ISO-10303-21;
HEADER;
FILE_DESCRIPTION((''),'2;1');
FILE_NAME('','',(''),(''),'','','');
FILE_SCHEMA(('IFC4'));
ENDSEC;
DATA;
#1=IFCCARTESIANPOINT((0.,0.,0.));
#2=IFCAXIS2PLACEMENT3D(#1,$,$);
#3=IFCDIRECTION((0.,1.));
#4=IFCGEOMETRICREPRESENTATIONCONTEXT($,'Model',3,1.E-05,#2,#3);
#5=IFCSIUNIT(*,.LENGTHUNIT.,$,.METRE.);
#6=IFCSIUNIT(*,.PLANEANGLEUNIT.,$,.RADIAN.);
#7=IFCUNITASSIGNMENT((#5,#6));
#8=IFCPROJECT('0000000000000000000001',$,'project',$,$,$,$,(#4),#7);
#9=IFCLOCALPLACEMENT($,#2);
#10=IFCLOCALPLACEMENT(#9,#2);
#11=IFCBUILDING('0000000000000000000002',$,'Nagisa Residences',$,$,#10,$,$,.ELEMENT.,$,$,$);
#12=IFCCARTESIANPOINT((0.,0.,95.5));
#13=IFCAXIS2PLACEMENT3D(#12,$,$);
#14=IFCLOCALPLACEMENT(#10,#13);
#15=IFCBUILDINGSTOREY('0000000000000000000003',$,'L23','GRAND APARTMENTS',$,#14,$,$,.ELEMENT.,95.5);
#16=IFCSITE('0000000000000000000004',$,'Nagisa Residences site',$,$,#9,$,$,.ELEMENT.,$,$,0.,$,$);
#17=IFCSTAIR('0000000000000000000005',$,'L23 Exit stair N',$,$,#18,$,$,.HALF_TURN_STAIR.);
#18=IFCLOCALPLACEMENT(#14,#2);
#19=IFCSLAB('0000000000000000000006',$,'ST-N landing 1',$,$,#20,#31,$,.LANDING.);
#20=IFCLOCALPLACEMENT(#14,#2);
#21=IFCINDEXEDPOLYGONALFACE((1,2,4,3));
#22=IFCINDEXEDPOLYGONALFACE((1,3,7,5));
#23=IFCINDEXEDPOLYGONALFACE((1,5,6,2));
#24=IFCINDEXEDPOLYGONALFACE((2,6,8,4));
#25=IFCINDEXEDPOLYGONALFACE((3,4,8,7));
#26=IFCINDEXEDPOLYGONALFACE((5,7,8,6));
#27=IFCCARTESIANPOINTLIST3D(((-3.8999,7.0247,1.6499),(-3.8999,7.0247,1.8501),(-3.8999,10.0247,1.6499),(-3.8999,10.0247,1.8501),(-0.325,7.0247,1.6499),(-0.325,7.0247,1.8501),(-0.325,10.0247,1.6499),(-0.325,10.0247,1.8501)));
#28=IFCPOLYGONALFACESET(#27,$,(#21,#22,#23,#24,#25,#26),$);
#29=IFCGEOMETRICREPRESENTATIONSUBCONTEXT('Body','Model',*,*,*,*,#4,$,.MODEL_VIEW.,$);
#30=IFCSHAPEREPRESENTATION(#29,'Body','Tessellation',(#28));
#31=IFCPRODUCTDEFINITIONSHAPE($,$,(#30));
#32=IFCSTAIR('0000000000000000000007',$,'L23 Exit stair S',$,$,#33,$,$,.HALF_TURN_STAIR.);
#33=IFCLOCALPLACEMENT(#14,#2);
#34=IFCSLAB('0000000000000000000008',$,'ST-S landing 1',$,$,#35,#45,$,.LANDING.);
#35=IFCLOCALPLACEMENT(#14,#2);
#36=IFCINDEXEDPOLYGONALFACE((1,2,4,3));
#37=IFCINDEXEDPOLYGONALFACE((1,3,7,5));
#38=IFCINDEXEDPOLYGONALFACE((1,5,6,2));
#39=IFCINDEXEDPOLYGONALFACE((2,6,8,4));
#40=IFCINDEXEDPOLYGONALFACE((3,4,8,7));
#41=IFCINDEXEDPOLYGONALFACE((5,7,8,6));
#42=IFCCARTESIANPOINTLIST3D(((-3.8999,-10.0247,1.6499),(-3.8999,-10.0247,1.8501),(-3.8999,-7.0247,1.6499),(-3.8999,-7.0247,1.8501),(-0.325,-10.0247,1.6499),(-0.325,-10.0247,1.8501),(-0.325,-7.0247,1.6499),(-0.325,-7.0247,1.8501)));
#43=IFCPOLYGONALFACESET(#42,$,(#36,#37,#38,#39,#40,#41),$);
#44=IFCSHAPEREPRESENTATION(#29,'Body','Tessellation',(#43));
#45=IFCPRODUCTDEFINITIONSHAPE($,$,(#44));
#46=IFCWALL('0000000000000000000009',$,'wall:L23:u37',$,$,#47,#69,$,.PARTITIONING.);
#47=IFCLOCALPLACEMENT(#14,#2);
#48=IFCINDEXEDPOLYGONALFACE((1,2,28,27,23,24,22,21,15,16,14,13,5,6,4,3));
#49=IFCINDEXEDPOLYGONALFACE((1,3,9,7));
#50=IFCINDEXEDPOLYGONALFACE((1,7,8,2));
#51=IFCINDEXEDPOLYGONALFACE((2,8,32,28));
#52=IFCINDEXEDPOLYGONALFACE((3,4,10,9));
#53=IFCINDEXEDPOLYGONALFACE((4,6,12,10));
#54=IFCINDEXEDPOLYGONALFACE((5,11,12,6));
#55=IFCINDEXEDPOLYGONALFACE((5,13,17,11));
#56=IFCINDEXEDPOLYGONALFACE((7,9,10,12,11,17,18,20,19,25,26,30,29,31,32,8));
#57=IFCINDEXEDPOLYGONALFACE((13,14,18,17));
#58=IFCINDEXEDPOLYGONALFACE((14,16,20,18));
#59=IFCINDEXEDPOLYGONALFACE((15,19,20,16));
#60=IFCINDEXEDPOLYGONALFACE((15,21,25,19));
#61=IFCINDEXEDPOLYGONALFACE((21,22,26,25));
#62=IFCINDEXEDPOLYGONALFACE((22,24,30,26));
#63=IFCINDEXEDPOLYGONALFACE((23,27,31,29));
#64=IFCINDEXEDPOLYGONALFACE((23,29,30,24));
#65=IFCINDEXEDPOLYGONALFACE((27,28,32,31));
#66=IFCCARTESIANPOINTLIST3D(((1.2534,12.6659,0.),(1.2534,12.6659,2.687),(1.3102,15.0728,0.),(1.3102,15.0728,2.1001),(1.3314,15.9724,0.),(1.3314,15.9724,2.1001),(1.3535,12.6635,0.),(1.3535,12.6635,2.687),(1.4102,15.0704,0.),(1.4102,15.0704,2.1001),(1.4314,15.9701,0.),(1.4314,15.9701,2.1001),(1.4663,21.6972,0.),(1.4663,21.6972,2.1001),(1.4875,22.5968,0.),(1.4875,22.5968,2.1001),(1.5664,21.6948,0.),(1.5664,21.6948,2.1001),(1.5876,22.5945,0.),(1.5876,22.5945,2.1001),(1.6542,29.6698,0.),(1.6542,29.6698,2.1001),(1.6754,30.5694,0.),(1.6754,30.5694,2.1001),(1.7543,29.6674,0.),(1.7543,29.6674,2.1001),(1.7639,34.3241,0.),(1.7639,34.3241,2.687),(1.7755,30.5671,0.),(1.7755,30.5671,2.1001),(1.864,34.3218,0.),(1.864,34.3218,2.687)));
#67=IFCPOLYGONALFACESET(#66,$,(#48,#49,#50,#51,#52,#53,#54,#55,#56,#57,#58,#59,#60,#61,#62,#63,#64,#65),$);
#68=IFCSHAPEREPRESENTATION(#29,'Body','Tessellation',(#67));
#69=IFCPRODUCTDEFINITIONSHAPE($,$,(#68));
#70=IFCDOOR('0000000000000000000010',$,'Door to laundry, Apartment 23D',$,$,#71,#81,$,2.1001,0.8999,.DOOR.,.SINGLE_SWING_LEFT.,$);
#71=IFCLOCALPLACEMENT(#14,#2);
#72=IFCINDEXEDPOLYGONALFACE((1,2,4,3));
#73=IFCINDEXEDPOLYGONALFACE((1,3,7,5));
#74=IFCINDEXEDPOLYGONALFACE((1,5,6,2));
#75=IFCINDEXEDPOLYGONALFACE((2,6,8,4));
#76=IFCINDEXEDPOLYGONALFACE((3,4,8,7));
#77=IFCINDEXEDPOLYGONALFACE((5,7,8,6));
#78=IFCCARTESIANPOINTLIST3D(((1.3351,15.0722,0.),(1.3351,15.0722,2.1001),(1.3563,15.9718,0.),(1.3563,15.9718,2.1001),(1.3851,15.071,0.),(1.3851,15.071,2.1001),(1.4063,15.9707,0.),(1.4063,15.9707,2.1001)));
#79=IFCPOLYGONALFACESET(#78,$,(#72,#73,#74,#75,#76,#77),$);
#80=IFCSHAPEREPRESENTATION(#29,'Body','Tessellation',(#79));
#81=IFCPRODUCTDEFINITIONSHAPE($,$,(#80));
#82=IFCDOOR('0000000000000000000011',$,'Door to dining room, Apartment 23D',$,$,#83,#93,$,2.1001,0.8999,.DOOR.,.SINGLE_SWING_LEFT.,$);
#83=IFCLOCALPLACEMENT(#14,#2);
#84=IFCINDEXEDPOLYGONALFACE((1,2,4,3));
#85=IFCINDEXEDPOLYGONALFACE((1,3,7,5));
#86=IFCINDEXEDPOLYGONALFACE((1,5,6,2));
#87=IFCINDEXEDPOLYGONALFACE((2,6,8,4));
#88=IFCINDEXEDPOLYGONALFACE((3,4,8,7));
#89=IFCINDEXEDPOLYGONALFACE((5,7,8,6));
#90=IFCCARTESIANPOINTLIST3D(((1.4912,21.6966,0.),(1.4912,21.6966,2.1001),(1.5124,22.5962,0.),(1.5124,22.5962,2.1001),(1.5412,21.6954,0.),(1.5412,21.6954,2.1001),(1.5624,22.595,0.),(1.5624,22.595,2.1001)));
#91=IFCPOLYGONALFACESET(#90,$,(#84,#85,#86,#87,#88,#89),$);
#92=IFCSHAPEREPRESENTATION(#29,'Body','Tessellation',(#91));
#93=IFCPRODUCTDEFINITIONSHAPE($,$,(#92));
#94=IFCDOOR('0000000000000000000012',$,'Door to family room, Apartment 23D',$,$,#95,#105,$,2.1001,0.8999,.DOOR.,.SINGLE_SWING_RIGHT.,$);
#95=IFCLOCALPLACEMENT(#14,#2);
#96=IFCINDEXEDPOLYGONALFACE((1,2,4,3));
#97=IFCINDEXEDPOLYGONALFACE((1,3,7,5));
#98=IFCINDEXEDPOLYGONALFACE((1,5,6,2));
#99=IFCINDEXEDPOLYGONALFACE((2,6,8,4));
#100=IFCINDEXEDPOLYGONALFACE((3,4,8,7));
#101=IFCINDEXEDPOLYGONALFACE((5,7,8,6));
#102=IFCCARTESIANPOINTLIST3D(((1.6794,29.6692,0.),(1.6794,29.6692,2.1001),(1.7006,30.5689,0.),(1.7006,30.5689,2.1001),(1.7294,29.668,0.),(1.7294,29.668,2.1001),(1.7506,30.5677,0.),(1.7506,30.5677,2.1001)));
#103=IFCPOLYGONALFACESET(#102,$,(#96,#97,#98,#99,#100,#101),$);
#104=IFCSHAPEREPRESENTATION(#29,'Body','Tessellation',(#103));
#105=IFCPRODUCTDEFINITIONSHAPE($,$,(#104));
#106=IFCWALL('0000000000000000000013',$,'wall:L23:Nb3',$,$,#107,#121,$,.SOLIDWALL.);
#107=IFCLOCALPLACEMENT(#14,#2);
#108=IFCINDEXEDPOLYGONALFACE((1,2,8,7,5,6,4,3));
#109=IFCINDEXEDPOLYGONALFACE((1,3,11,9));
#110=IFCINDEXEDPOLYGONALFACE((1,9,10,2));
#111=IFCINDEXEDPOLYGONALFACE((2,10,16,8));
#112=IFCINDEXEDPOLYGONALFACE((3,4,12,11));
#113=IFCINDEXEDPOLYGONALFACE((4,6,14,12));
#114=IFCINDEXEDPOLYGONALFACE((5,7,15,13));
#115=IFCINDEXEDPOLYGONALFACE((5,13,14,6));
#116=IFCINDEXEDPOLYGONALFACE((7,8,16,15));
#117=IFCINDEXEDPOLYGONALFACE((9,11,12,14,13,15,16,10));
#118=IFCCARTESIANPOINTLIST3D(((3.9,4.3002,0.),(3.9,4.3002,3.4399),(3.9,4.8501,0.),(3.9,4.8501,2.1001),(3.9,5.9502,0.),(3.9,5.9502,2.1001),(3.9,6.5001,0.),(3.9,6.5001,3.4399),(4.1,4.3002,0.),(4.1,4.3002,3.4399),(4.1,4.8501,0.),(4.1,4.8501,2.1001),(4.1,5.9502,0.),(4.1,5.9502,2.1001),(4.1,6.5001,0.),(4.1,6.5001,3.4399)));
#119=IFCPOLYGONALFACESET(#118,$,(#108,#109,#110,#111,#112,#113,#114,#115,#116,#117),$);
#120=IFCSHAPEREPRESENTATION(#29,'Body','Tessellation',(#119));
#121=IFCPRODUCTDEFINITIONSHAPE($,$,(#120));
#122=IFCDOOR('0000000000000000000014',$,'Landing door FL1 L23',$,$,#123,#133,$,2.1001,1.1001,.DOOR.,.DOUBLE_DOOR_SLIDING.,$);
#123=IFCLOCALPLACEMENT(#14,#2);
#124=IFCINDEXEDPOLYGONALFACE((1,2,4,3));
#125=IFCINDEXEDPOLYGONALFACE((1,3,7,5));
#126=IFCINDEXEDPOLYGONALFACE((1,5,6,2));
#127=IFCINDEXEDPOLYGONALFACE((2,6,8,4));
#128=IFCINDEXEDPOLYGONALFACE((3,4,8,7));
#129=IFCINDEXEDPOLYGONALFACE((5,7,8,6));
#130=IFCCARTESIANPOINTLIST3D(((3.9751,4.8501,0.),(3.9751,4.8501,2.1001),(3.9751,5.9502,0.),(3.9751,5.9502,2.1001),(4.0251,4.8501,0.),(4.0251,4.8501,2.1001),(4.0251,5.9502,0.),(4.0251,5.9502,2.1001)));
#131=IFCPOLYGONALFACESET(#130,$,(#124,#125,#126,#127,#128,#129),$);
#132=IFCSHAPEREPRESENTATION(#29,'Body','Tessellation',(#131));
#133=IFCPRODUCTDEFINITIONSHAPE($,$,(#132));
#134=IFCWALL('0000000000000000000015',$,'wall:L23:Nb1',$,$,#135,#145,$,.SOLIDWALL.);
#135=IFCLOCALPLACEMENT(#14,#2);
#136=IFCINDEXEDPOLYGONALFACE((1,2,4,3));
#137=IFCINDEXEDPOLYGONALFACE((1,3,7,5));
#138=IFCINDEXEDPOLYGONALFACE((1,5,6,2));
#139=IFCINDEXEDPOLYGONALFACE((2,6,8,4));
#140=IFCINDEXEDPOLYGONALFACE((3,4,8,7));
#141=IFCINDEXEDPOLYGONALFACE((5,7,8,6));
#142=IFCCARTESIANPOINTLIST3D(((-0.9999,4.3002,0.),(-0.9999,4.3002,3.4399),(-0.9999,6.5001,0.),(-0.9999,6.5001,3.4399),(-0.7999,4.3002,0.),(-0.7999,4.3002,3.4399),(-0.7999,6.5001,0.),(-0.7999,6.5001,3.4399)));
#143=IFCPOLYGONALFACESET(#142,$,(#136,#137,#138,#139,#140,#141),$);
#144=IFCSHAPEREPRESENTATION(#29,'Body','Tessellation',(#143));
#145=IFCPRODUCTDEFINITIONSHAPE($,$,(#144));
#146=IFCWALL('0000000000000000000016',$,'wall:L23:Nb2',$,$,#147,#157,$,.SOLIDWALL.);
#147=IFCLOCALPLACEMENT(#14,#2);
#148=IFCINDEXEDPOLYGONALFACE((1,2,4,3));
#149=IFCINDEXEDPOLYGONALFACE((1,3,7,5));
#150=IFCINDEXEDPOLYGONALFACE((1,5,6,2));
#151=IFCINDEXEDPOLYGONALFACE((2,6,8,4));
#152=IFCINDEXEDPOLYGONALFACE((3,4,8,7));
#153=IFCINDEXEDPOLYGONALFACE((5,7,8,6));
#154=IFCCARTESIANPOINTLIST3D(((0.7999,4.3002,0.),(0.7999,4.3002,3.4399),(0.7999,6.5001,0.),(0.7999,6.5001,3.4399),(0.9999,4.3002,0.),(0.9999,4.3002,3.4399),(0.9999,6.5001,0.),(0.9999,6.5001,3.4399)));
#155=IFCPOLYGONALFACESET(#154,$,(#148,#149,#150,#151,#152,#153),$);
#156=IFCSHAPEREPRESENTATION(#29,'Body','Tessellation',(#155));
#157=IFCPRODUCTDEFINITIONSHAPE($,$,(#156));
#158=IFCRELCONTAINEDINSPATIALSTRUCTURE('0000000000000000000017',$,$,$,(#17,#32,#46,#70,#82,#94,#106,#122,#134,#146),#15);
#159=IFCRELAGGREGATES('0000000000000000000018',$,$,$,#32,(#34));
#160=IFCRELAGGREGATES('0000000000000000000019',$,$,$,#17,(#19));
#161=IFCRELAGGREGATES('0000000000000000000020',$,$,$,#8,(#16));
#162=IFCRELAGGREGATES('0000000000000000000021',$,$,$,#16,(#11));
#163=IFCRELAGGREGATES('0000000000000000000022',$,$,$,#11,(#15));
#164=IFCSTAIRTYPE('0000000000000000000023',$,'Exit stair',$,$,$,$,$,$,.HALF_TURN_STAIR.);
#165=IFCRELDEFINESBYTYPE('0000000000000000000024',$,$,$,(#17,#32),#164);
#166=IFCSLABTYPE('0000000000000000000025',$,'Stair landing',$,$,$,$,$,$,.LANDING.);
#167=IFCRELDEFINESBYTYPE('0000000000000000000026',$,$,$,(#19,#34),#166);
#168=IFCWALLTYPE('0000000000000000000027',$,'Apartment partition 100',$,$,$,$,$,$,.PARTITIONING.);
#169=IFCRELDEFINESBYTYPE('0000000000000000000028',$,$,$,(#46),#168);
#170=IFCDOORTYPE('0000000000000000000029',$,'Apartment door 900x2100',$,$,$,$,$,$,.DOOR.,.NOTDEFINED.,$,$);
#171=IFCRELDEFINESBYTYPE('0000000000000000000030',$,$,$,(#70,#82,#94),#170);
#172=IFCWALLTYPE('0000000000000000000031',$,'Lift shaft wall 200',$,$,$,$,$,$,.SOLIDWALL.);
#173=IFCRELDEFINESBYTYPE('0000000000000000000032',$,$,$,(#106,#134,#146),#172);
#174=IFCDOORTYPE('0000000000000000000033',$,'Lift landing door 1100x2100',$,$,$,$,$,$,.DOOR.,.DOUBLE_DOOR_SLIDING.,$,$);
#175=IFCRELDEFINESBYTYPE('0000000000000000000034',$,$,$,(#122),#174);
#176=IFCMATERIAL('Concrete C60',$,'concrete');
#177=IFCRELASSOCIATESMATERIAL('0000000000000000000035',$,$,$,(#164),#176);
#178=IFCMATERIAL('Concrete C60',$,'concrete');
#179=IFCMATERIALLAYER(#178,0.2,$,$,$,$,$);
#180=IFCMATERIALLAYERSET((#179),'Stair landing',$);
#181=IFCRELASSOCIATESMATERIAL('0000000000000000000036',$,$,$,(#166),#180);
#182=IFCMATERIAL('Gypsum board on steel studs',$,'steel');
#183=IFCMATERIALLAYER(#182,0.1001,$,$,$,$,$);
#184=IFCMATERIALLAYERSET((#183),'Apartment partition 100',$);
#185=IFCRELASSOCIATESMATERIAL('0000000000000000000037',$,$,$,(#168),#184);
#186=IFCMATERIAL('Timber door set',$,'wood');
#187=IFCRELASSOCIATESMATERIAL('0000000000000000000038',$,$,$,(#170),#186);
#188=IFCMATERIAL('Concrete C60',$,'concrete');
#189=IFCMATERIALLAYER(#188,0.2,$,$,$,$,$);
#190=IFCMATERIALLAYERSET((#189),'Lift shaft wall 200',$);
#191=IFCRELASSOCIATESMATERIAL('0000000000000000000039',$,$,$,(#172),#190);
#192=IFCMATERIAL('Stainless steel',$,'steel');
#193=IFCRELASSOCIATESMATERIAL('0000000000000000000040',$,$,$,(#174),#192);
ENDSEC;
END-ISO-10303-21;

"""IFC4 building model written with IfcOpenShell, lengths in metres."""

from ifc_helpers import new_model, si_unit, direction, frame, frame_2d, origin, place, context, subcontext, project, spatial, polyline, rectangle, outline, extrude, material, layer, layer_set, type_object, element, fill, aggregate, save


model = new_model("IFC4")

# Units and contexts
model_context = context("Model", 3, precision=1e-05, world=origin(), true_north=direction((0.0, 1.0)))
body_context = subcontext(model_context, "Body", "Model", "MODEL_VIEW")
ifc_project = project(units=[si_unit("LENGTHUNIT", "METRE"), si_unit("PLANEANGLEUNIT", "RADIAN")], contexts=[model_context])

# Site, building, storey
site_placement = place(None, origin())
site = spatial("IfcSite", under=ifc_project, at=site_placement, Name="Nagisa Residences site", CompositionType="ELEMENT", RefElevation=0.0)
building_placement = place(site_placement, origin())
building = spatial("IfcBuilding", under=site, at=building_placement, Name="Nagisa Residences", CompositionType="ELEMENT")
storey_placement = place(building_placement, frame((0.0, 0.0, 95.5)))
storey = spatial("IfcBuildingStorey", under=building, at=storey_placement, Name="L23", Description="GRAND APARTMENTS", CompositionType="ELEMENT", Elevation=95.5)

# Stairs, slabs
ifc_material_1 = material(Name="Concrete C60", Category="concrete")
stair_type = type_object("IfcStairType", Name="Exit stair", PredefinedType="HALF_TURN_STAIR", material=ifc_material_1)
stair_1_placement = place(storey_placement, origin())
stair_1 = element("IfcStair", 1, at=stair_1_placement, inside=storey, type_object=stair_type, Name="L23 Exit stair N", PredefinedType="HALF_TURN_STAIR")
ifc_material_2 = material(Name="Concrete C60", Category="concrete")
ifc_layer_1 = layer(ifc_material_2, 0.2)
ifc_layer_set_1 = layer_set([ifc_layer_1], Name="Stair landing")
slab_type = type_object("IfcSlabType", Name="Stair landing", PredefinedType="LANDING", material=ifc_layer_set_1)
slab_1_placement = place(storey_placement, frame((0.0, 0.0, 1.6499)))
slab_1 = element("IfcSlab", 2, at=slab_1_placement, type_object=slab_type, Name="ST-N landing 1", PredefinedType="LANDING", context=body_context, shape_type="SweptSolid", body=[
    extrude(outline(polyline([(-0.325, 10.0247), (-3.8999, 10.0247), (-3.8999, 7.0247), (-0.325, 7.0247), (-0.325, 10.0247)])), origin(), (0.0, 0.0, 1.0), 0.2002),
])
stair_2_placement = place(storey_placement, origin())
stair_2 = element("IfcStair", 3, at=stair_2_placement, inside=storey, type_object=stair_type, Name="L23 Exit stair S", PredefinedType="HALF_TURN_STAIR")
slab_2_placement = place(storey_placement, frame((0.0, 0.0, 1.6499)))
slab_2 = element("IfcSlab", 4, at=slab_2_placement, type_object=slab_type, Name="ST-S landing 1", PredefinedType="LANDING", context=body_context, shape_type="SweptSolid", body=[
    extrude(outline(polyline([(-0.325, -7.0247), (-3.8999, -7.0247), (-3.8999, -10.0247), (-0.325, -10.0247), (-0.325, -7.0247)])), origin(), (0.0, 0.0, 1.0), 0.2002),
])
aggregate(stair_2, [slab_2])

# Wall, openings, doors
ifc_material_3 = material(Name="Gypsum board on steel studs", Category="steel")
ifc_layer_2 = layer(ifc_material_3, 0.1001)
ifc_layer_set_2 = layer_set([ifc_layer_2], Name="Apartment partition 100")
wall_type_1 = type_object("IfcWallType", Name="Apartment partition 100", PredefinedType="PARTITIONING", material=ifc_layer_set_2)
wall_1_placement = place(storey_placement, frame((1.3035, 12.6648, 0.0), z_axis=(0.0, 0.0, 1.0), x_axis=(0.023564, 0.999722, 0.0)))
wall_1 = element("IfcWall", 5, at=wall_1_placement, inside=storey, type_object=wall_type_1, Name="wall:L23:u37", PredefinedType="PARTITIONING", context=body_context, shape_type="SweptSolid", body=[
    extrude(rectangle(XDim=21.6643, YDim=0.1001, at=frame_2d((10.832, 0.0))), origin(), (0.0, 0.0, 1.0), 2.687),
])
opening_1_placement = place(wall_1_placement, frame((2.4075, 0.0, 0.0)))
opening_1 = element("IfcOpeningElement", 6, at=opening_1_placement, cuts=wall_1, PredefinedType="OPENING", context=body_context, shape_type="SweptSolid", body=[
    extrude(rectangle(XDim=0.8999, YDim=2.1001, at=frame_2d((0.45, 1.05))), frame((0.0, 0.0601, 0.0), z_axis=(0.0, -1.0, 0.0), x_axis=(1.0, 0.0, 0.0)), (0.0, 0.0, 1.0), 0.1201),
])
opening_2_placement = place(wall_1_placement, frame((9.0337, 0.0, 0.0)))
opening_2 = element("IfcOpeningElement", 7, at=opening_2_placement, cuts=wall_1, PredefinedType="OPENING", context=body_context, shape_type="SweptSolid", body=[
    extrude(rectangle(XDim=0.8999, YDim=2.1001, at=frame_2d((0.45, 1.05))), frame((0.0, 0.0601, 0.0), z_axis=(0.0, -1.0, 0.0), x_axis=(1.0, 0.0, 0.0)), (0.0, 0.0, 1.0), 0.1201),
])
opening_3_placement = place(wall_1_placement, frame((17.0085, 0.0, 0.0)))
opening_3 = element("IfcOpeningElement", 8, at=opening_3_placement, cuts=wall_1, PredefinedType="OPENING", context=body_context, shape_type="SweptSolid", body=[
    extrude(rectangle(XDim=0.8999, YDim=2.1001, at=frame_2d((0.45, 1.05))), frame((0.0, 0.0601, 0.0), z_axis=(0.0, -1.0, 0.0), x_axis=(1.0, 0.0, 0.0)), (0.0, 0.0, 1.0), 0.1201),
])
ifc_material_4 = material(Name="Timber door set", Category="wood")
door_type_1 = type_object("IfcDoorType", Name="Apartment door 900x2100", OperationType="NOTDEFINED", PredefinedType="DOOR", material=ifc_material_4)
door_1_placement = place(opening_1_placement, frame((0.8999, 0.0, 0.0), x_axis=(-1.0, 0.0, 0.0)))
door_1 = element("IfcDoor", 9, at=door_1_placement, inside=storey, type_object=door_type_1, Name="Door to laundry, Apartment 23D", OperationType="SINGLE_SWING_LEFT", OverallHeight=2.1001, OverallWidth=0.8999, PredefinedType="DOOR", context=body_context, shape_type="SweptSolid", body=[
    extrude(rectangle(XDim=0.8999, YDim=2.1001, at=frame_2d((0.45, 1.05))), frame((0.0, 0.0249, 0.0), z_axis=(0.0, -1.0, 0.0), x_axis=(1.0, 0.0, 0.0)), (0.0, 0.0, 1.0), 0.05),
])
fill(opening_1, door_1)
door_2_placement = place(opening_2_placement, frame((0.8999, 0.0, 0.0), x_axis=(-1.0, 0.0, 0.0)))
door_2 = element("IfcDoor", 10, at=door_2_placement, inside=storey, type_object=door_type_1, Name="Door to dining room, Apartment 23D", OperationType="SINGLE_SWING_LEFT", OverallHeight=2.1001, OverallWidth=0.8999, PredefinedType="DOOR", context=body_context, shape_type="SweptSolid", body=[
    extrude(rectangle(XDim=0.8999, YDim=2.1001, at=frame_2d((0.45, 1.05))), frame((0.0, 0.0249, 0.0), z_axis=(0.0, -1.0, 0.0), x_axis=(1.0, 0.0, 0.0)), (0.0, 0.0, 1.0), 0.05),
])
fill(opening_2, door_2)
door_3_placement = place(opening_3_placement, origin())
door_3 = element("IfcDoor", 11, at=door_3_placement, inside=storey, type_object=door_type_1, Name="Door to family room, Apartment 23D", OperationType="SINGLE_SWING_RIGHT", OverallHeight=2.1001, OverallWidth=0.8999, PredefinedType="DOOR", context=body_context, shape_type="SweptSolid", body=[
    extrude(rectangle(XDim=0.8999, YDim=2.1001, at=frame_2d((0.45, 1.05))), frame((0.0, 0.0249, 0.0), z_axis=(0.0, -1.0, 0.0), x_axis=(1.0, 0.0, 0.0)), (0.0, 0.0, 1.0), 0.05),
])
fill(opening_3, door_3)

# Wall, opening, door
ifc_material_5 = material(Name="Concrete C60", Category="concrete")
ifc_layer_3 = layer(ifc_material_5, 0.2)
ifc_layer_set_3 = layer_set([ifc_layer_3], Name="Lift shaft wall 200")
wall_type_2 = type_object("IfcWallType", Name="Lift shaft wall 200", PredefinedType="SOLIDWALL", material=ifc_layer_set_3)
wall_2_placement = place(storey_placement, frame((4.0, 4.3, 0.0), z_axis=(0.0, 0.0, 1.0), x_axis=(0.0, 1.0, 0.0)))
wall_2 = element("IfcWall", 12, at=wall_2_placement, inside=storey, type_object=wall_type_2, Name="wall:L23:Nb3", PredefinedType="SOLIDWALL", context=body_context, shape_type="SweptSolid", body=[
    extrude(rectangle(XDim=2.2, YDim=0.2, at=frame_2d((1.1001, 0.0))), origin(), (0.0, 0.0, 1.0), 3.4399),
])
opening_4_placement = place(wall_2_placement, frame((0.55, 0.0, 0.0)))
opening_4 = element("IfcOpeningElement", 13, at=opening_4_placement, cuts=wall_2, PredefinedType="OPENING", context=body_context, shape_type="SweptSolid", body=[
    extrude(rectangle(XDim=1.1001, YDim=2.1001, at=frame_2d((0.55, 1.05))), frame((0.0, 0.1099, 0.0), z_axis=(0.0, -1.0, 0.0), x_axis=(1.0, 0.0, 0.0)), (0.0, 0.0, 1.0), 0.22),
])
ifc_material_6 = material(Name="Stainless steel", Category="steel")
door_type_2 = type_object("IfcDoorType", Name="Lift landing door 1100x2100", OperationType="DOUBLE_DOOR_SLIDING", PredefinedType="DOOR", material=ifc_material_6)
door_4_placement = place(opening_4_placement, origin())
door_4 = element("IfcDoor", 14, at=door_4_placement, inside=storey, type_object=door_type_2, Name="Landing door FL1 L23", OperationType="DOUBLE_DOOR_SLIDING", OverallHeight=2.1001, OverallWidth=1.1001, PredefinedType="DOOR", context=body_context, shape_type="SweptSolid", body=[
    extrude(rectangle(XDim=1.1001, YDim=2.1001, at=frame_2d((0.55, 1.05))), frame((0.0, 0.0249, 0.0), z_axis=(0.0, -1.0, 0.0), x_axis=(1.0, 0.0, 0.0)), (0.0, 0.0, 1.0), 0.05),
])
fill(opening_4, door_4)

# Walls
for number, where, z_axis, x_axis, name in (
    (15, (-0.8999, 4.3, 0.0), (0.0, 0.0, 1.0), (0.0, 1.0, 0.0), "wall:L23:Nb1"),
    (16, (0.8999, 4.3, 0.0), (0.0, 0.0, 1.0), (0.0, 1.0, 0.0), "wall:L23:Nb2"),
):
    element("IfcWall", number, at=place(storey_placement, frame(where, z_axis=z_axis, x_axis=x_axis)), inside=storey, type_object=wall_type_2, Name=name, PredefinedType="SOLIDWALL", context=body_context, shape_type="SweptSolid", body=[
        extrude(rectangle(XDim=2.2, YDim=0.2, at=frame_2d((1.1001, 0.0))), origin(), (0.0, 0.0, 1.0), 3.4399),
    ])

aggregate(stair_1, [slab_1])

save(model, "model.ifc")
